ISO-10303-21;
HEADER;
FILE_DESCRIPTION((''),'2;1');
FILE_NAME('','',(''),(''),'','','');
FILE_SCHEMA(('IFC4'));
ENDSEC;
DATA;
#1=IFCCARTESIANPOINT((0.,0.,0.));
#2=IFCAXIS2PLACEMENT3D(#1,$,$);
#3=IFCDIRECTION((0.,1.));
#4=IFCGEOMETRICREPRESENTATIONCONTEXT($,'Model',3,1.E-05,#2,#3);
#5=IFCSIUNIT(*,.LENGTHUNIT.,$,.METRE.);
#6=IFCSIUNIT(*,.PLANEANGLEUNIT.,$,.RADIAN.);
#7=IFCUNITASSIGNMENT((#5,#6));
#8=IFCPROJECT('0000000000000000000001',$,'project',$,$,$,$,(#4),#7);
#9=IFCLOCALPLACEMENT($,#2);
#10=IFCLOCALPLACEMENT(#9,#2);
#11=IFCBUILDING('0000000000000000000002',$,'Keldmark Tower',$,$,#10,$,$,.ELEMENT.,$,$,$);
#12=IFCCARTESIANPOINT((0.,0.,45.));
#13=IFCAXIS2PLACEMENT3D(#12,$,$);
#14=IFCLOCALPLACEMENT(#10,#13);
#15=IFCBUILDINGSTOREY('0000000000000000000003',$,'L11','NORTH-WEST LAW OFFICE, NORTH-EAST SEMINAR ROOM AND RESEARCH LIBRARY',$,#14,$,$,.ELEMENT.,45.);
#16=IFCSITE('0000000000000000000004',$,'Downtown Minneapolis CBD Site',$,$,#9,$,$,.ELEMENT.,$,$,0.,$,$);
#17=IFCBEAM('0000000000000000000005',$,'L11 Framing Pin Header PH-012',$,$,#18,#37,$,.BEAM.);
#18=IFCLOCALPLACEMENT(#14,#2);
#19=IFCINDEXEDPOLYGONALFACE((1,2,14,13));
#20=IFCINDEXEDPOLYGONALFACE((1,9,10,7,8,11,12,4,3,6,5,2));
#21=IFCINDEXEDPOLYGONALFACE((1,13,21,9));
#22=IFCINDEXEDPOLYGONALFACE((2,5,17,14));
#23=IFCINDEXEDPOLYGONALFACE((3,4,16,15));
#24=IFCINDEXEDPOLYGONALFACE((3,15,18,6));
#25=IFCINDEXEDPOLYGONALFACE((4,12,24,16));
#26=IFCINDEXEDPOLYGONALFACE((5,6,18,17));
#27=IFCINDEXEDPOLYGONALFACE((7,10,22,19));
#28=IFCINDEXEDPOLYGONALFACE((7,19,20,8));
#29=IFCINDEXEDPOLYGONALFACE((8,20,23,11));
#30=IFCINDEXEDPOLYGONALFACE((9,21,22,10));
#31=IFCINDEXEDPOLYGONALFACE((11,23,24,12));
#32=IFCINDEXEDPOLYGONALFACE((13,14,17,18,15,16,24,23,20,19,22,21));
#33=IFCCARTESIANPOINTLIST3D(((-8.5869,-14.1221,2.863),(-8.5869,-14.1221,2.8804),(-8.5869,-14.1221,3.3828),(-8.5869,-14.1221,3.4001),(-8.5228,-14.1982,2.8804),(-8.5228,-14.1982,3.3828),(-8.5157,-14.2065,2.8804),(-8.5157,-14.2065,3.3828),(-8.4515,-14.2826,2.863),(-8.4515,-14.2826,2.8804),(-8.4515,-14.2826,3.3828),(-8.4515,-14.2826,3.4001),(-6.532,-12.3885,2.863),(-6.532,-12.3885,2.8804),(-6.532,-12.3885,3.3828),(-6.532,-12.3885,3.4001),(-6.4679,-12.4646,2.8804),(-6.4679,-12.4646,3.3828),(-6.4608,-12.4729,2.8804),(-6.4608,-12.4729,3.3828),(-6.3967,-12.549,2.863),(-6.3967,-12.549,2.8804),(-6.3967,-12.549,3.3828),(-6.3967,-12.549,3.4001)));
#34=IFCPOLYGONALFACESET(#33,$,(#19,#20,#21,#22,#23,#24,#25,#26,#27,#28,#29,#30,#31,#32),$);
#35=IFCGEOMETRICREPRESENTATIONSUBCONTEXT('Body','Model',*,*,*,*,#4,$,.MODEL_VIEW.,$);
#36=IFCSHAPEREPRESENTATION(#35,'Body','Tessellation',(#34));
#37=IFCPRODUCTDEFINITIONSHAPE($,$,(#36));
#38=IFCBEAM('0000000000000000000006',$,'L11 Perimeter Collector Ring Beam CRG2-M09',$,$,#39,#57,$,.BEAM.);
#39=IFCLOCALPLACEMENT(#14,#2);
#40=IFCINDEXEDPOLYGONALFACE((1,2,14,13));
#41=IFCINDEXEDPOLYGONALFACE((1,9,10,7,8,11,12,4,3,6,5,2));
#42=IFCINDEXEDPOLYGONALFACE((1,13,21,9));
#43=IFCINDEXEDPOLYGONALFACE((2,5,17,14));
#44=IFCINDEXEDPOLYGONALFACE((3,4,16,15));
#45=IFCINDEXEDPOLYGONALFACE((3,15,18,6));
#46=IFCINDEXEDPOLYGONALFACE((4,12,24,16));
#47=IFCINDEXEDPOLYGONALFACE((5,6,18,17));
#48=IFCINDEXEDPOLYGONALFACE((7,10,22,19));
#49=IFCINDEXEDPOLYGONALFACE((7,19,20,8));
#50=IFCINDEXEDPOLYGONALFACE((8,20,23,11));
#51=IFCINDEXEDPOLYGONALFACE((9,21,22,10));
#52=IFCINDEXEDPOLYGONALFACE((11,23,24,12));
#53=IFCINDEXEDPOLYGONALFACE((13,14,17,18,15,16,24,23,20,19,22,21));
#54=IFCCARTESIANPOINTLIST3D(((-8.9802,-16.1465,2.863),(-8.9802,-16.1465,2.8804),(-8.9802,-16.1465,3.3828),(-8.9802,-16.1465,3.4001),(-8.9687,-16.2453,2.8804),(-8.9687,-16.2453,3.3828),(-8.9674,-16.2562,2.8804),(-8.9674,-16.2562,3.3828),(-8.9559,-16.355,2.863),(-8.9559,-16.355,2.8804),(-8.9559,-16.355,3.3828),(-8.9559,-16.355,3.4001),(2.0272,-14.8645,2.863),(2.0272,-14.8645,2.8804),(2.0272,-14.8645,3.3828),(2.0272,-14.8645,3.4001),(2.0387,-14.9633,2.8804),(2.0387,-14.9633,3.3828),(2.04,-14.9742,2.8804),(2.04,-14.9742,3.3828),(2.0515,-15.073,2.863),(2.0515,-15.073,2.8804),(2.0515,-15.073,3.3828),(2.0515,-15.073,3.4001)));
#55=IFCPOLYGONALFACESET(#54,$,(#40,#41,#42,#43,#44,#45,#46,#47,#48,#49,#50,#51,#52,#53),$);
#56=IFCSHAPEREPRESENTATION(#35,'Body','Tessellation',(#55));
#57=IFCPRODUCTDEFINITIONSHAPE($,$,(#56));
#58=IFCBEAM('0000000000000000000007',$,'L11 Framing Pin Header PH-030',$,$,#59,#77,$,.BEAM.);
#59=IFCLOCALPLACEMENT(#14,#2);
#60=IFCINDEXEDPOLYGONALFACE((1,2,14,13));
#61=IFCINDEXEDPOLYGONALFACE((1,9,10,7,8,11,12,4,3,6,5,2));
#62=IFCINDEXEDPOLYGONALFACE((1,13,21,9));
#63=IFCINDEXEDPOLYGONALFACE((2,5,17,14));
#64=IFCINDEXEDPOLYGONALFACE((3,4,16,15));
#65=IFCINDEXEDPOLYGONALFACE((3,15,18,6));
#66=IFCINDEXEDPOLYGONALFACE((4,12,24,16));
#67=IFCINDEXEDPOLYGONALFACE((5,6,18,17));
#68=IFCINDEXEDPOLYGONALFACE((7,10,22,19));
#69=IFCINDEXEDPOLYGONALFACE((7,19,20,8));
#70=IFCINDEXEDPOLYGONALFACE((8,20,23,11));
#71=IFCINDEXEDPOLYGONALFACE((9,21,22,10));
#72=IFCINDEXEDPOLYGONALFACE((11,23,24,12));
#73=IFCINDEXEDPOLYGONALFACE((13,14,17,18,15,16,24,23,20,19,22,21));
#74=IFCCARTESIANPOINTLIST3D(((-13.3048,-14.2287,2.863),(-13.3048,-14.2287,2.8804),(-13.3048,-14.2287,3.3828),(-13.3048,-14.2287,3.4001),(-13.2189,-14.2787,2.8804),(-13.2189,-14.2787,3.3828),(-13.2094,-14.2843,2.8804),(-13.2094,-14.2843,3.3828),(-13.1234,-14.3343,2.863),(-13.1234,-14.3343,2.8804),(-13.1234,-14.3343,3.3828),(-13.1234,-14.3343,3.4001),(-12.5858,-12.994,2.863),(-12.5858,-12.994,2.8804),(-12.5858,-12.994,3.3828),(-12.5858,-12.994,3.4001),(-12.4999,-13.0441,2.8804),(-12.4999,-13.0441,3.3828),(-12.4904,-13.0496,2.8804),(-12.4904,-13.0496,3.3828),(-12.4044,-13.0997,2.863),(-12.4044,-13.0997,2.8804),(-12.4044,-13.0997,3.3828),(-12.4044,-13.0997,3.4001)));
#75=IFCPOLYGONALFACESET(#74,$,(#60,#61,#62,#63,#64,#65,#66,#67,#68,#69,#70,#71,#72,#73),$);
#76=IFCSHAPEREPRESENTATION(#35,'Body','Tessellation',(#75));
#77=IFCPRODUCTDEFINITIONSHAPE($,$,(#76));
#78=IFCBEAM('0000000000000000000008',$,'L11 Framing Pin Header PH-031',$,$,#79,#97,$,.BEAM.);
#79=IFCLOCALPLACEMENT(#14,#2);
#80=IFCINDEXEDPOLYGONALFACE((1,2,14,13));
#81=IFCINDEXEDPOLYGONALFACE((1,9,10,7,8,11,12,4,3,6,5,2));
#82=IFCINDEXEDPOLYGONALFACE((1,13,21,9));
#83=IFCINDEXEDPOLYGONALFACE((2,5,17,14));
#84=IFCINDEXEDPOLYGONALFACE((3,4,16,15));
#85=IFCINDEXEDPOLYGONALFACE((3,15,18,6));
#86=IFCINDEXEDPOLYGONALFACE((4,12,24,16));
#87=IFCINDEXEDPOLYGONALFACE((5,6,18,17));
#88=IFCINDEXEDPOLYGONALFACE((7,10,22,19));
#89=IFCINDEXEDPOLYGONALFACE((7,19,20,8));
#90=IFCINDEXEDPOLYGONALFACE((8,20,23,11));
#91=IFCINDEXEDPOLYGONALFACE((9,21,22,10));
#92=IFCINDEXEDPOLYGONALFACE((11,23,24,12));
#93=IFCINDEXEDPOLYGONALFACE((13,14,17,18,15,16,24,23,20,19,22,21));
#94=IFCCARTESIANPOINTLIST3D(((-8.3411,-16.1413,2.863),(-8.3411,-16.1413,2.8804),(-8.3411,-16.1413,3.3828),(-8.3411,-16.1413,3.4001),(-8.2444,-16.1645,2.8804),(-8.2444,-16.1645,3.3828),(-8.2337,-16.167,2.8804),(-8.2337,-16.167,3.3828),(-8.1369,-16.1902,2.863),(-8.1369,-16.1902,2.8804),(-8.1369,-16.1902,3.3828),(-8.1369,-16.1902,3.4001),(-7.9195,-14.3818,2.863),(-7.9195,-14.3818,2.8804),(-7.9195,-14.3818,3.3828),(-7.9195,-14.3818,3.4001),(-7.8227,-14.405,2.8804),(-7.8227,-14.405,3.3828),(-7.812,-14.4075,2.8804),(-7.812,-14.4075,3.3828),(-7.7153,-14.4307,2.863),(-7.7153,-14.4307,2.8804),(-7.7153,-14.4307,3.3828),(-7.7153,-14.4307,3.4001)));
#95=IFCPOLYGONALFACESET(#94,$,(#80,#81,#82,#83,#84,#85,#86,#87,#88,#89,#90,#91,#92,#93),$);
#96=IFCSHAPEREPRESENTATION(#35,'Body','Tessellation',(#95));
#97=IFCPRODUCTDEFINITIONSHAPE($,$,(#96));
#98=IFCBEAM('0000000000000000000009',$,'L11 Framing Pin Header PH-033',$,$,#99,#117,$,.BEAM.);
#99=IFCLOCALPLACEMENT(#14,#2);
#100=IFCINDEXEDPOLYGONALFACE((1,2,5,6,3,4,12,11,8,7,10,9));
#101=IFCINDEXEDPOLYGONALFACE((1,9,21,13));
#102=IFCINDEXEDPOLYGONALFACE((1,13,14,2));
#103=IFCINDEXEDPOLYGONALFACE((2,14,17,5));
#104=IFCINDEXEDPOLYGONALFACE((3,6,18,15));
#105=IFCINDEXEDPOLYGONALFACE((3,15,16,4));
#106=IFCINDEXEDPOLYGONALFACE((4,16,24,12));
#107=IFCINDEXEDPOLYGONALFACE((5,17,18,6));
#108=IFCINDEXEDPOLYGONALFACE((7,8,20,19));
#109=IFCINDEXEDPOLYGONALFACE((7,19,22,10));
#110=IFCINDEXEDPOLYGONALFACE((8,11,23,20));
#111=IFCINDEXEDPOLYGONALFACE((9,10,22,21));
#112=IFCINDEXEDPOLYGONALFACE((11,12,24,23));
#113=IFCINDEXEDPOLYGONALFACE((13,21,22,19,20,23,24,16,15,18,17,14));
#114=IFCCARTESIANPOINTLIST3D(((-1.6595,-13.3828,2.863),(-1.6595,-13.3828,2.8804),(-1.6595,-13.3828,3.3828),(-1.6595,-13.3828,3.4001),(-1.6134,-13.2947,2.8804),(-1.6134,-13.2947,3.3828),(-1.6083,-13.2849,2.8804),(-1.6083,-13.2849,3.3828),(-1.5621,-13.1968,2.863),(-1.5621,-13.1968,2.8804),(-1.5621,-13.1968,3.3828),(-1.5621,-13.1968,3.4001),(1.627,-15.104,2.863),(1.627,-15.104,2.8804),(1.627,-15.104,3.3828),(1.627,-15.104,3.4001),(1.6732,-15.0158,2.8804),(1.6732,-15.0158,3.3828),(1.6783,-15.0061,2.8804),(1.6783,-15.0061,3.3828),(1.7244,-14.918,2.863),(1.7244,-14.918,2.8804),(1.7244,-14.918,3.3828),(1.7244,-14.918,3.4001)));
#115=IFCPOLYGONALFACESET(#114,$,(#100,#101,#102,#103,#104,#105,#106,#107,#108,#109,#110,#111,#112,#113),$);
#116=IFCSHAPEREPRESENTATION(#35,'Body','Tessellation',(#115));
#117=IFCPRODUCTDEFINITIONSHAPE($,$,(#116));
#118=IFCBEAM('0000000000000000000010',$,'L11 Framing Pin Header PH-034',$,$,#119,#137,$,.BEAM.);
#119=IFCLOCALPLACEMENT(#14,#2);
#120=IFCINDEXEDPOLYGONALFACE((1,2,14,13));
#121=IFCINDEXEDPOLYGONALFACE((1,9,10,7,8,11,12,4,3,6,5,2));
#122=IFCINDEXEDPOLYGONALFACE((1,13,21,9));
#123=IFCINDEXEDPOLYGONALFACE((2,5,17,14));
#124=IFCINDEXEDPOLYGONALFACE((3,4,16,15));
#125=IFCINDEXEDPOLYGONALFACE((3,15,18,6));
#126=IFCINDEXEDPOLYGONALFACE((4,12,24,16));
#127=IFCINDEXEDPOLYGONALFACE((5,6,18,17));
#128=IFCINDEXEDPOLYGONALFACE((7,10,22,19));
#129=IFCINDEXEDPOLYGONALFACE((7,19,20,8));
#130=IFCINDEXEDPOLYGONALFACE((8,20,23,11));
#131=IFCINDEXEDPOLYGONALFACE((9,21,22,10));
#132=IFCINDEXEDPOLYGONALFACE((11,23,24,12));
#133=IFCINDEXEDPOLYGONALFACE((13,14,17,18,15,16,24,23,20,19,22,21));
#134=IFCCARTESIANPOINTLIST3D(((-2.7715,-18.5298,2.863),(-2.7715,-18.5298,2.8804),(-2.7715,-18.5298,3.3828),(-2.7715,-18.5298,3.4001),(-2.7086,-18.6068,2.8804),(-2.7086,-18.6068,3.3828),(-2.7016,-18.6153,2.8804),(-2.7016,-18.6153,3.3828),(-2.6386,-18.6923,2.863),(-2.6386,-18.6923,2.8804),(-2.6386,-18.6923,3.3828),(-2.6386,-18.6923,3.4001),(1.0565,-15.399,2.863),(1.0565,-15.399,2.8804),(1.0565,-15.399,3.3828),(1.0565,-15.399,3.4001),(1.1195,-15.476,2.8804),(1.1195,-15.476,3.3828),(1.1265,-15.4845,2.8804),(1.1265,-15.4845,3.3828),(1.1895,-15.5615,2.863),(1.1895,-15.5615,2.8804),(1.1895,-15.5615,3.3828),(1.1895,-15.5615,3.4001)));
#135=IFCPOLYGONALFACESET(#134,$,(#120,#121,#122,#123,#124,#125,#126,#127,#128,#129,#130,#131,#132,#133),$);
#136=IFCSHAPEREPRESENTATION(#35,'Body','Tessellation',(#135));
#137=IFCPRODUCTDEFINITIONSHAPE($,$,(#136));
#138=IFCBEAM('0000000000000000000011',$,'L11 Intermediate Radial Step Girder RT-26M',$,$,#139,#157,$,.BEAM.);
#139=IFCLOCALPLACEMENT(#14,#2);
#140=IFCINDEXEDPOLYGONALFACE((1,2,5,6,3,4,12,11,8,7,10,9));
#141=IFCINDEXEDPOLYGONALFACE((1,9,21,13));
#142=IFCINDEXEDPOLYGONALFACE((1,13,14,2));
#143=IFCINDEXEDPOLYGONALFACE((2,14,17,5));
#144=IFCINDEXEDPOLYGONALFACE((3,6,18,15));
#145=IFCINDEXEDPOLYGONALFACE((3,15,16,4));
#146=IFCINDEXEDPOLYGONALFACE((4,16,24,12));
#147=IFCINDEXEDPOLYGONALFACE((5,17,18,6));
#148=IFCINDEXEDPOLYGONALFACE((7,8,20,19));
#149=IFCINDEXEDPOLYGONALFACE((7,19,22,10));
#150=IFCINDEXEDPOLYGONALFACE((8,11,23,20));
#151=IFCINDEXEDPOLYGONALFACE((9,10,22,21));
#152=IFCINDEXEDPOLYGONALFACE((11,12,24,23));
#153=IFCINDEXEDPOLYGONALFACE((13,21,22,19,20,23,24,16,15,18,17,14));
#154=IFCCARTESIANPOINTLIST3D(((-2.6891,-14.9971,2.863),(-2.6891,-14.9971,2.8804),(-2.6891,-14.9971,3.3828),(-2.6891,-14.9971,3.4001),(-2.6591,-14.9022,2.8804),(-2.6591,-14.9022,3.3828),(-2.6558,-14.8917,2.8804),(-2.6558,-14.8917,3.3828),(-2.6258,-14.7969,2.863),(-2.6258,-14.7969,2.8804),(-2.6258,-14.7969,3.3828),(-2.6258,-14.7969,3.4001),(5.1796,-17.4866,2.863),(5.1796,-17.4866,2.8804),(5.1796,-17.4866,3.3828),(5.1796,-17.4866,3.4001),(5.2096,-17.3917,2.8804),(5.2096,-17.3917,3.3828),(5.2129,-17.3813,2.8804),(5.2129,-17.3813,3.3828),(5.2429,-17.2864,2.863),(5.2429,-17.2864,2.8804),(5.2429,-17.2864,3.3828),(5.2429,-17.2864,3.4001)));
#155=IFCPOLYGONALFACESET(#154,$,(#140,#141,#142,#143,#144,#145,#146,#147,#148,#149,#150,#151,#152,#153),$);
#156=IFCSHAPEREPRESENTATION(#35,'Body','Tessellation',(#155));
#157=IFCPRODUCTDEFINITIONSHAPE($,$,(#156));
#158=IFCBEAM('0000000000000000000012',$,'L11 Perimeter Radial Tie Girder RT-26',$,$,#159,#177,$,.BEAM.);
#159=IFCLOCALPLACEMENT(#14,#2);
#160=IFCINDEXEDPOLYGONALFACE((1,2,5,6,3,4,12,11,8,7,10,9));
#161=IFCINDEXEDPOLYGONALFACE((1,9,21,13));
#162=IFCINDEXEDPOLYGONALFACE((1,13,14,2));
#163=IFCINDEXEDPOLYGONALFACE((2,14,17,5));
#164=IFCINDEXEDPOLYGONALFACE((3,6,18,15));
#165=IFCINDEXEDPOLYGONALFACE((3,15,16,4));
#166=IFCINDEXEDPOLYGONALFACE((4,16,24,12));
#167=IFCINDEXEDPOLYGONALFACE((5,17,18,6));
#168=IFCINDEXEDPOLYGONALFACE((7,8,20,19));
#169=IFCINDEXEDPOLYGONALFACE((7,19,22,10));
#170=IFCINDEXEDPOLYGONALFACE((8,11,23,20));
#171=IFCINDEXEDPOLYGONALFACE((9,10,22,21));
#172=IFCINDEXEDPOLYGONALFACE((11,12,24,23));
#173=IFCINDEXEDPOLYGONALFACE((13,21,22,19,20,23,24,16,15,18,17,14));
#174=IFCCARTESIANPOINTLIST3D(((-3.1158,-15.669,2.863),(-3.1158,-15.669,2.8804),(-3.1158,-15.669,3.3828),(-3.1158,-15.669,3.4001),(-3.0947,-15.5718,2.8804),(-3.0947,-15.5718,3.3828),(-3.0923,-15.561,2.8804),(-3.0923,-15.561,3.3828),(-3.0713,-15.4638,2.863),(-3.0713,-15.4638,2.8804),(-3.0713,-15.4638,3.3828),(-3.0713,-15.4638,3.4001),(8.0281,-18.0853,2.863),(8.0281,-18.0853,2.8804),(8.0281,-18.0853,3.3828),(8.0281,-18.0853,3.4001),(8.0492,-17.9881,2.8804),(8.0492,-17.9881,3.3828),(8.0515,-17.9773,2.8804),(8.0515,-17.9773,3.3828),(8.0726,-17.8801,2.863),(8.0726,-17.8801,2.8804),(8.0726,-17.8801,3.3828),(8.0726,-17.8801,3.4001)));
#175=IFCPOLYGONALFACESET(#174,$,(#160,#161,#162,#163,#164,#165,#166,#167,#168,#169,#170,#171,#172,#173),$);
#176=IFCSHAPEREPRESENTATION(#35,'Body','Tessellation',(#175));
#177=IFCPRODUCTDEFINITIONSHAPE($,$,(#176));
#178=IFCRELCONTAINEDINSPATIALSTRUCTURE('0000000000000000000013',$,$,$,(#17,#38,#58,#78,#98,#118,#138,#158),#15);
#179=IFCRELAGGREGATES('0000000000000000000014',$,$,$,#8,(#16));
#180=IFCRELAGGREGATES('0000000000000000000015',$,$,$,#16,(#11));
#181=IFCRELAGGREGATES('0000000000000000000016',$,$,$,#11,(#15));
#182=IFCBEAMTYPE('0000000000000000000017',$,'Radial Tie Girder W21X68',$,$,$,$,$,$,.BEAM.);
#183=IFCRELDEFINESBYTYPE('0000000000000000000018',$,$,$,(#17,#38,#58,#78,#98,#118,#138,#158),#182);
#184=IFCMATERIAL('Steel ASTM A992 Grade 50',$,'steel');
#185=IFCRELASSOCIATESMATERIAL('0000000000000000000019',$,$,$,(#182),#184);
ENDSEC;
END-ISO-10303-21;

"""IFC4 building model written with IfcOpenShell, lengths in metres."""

from ifc_helpers import new_model, si_unit, direction, frame, origin, origin_2d, place, context, subcontext, project, spatial, i_section, extrude, material, material_profile, profile_set, type_object, element, save


model = new_model("IFC4")

# Units and contexts
model_context = context("Model", 3, precision=1e-05, world=origin(), true_north=direction((0.0, 1.0)))
body_context = subcontext(model_context, "Body", "Model", "MODEL_VIEW")
ifc_project = project(units=[si_unit("LENGTHUNIT", "METRE"), si_unit("PLANEANGLEUNIT", "RADIAN")], contexts=[model_context])

# Site, building, storey
site_placement = place(None, origin())
site = spatial("IfcSite", under=ifc_project, at=site_placement, Name="Downtown Minneapolis CBD Site", CompositionType="ELEMENT", RefElevation=0.0)
building_placement = place(site_placement, origin())
building = spatial("IfcBuilding", under=site, at=building_placement, Name="Keldmark Tower", CompositionType="ELEMENT")
storey_placement = place(building_placement, frame((0.0, 0.0, 45.0)))
storey = spatial("IfcBuildingStorey", under=building, at=storey_placement, Name="L11", Description="NORTH-WEST LAW OFFICE, NORTH-EAST SEMINAR ROOM AND RESEARCH LIBRARY", CompositionType="ELEMENT", Elevation=45.0)

# Beams
ifc_material_1 = material(Name="Steel ASTM A992 Grade 50", Category="steel")
ifc_material_profile_1 = material_profile(ifc_material_1, i_section(OverallWidth=0.21, OverallDepth=0.5371, WebThickness=0.011, FlangeThickness=0.0173, at=origin_2d()), Name="W21X68")
ifc_profile_set_1 = profile_set([ifc_material_profile_1], Name="Steel ASTM A992 Grade 50")
beam_type_1 = type_object("IfcBeamType", Name="Radial Tie Girder W21X68", PredefinedType="BEAM", material=ifc_profile_set_1)
beam_1_placement = place(storey_placement, frame((-6.4644, -12.4688, 3.1316), z_axis=(-0.764329, -0.644826, 0.0), x_axis=(0.644826, -0.764329, 0.0)))
element("IfcBeam", 1, at=beam_1_placement, inside=storey, type_object=beam_type_1, Name="L11 Framing Pin Header PH-012", PredefinedType="BEAM", context=body_context, shape_type="SweptSolid", body=[
    extrude(i_section(OverallWidth=0.21, OverallDepth=0.5371, WebThickness=0.011, FlangeThickness=0.0173, at=origin_2d()), origin(), (0.0, 0.0, 1.0), 2.6885),
])
beam_2_placement = place(storey_placement, frame((-8.968, -16.2507, 3.1316), z_axis=(0.993286, 0.115684, 0.0), x_axis=(-0.115684, 0.993286, 0.0)))
element("IfcBeam", 2, at=beam_2_placement, inside=storey, type_object=beam_type_1, Name="L11 Perimeter Collector Ring Beam CRG2-M09", PredefinedType="BEAM", context=body_context, shape_type="SweptSolid", body=[
    extrude(i_section(OverallWidth=0.21, OverallDepth=0.5371, WebThickness=0.011, FlangeThickness=0.0173, at=origin_2d()), origin(), (0.0, 0.0, 1.0), 11.0818),
])
beam_3_placement = place(storey_placement, frame((-12.4951, -13.0469, 3.1316), z_axis=(-0.503244, -0.864144, 0.0), x_axis=(0.864144, -0.503244, 0.0)))
element("IfcBeam", 3, at=beam_3_placement, inside=storey, type_object=beam_type_1, Name="L11 Framing Pin Header PH-030", PredefinedType="BEAM", context=body_context, shape_type="SweptSolid", body=[
    extrude(i_section(OverallWidth=0.21, OverallDepth=0.5371, WebThickness=0.011, FlangeThickness=0.0173, at=origin_2d()), origin(), (0.0, 0.0, 1.0), 1.4287),
])
beam_4_placement = place(storey_placement, frame((-7.8174, -14.4062, 3.1316), z_axis=(-0.233031, -0.972469, 0.0), x_axis=(0.972469, -0.233031, 0.0)))
element("IfcBeam", 4, at=beam_4_placement, inside=storey, type_object=beam_type_1, Name="L11 Framing Pin Header PH-031", PredefinedType="BEAM", context=body_context, shape_type="SweptSolid", body=[
    extrude(i_section(OverallWidth=0.21, OverallDepth=0.5371, WebThickness=0.011, FlangeThickness=0.0173, at=origin_2d()), origin(), (0.0, 0.0, 1.0), 1.8093),
])
beam_5_placement = place(storey_placement, frame((-1.6108, -13.2898, 3.1316), z_axis=(0.885873, -0.463928, 0.0), x_axis=(0.463928, 0.885873, 0.0)))
element("IfcBeam", 5, at=beam_5_placement, inside=storey, type_object=beam_type_1, Name="L11 Framing Pin Header PH-033", PredefinedType="BEAM", context=body_context, shape_type="SweptSolid", body=[
    extrude(i_section(OverallWidth=0.21, OverallDepth=0.5371, WebThickness=0.011, FlangeThickness=0.0173, at=origin_2d()), origin(), (0.0, 0.0, 1.0), 3.71),
])
beam_6_placement = place(storey_placement, frame((-2.7051, -18.6111, 3.1316), z_axis=(0.77408, 0.633087, 0.0), x_axis=(-0.633087, 0.77408, 0.0)))
element("IfcBeam", 6, at=beam_6_placement, inside=storey, type_object=beam_type_1, Name="L11 Framing Pin Header PH-034", PredefinedType="BEAM", context=body_context, shape_type="SweptSolid", body=[
    extrude(i_section(OverallWidth=0.21, OverallDepth=0.5371, WebThickness=0.011, FlangeThickness=0.0173, at=origin_2d()), origin(), (0.0, 0.0, 1.0), 4.9453),
])
beam_7_placement = place(storey_placement, frame((-2.6575, -14.897, 3.1316), z_axis=(0.95342, -0.301645, 0.0), x_axis=(0.301645, 0.95342, 0.0)))
element("IfcBeam", 7, at=beam_7_placement, inside=storey, type_object=beam_type_1, Name="L11 Intermediate Radial Step Girder RT-26M", PredefinedType="BEAM", context=body_context, shape_type="SweptSolid", body=[
    extrude(i_section(OverallWidth=0.21, OverallDepth=0.5371, WebThickness=0.011, FlangeThickness=0.0173, at=origin_2d()), origin(), (0.0, 0.0, 1.0), 8.2532),
])
beam_8_placement = place(storey_placement, frame((-3.0935, -15.5664, 3.1316), z_axis=(0.977291, -0.211902, 0.0), x_axis=(0.211902, 0.977291, 0.0)))
element("IfcBeam", 8, at=beam_8_placement, inside=storey, type_object=beam_type_1, Name="L11 Perimeter Radial Tie Girder RT-26", PredefinedType="BEAM", context=body_context, shape_type="SweptSolid", body=[
    extrude(i_section(OverallWidth=0.21, OverallDepth=0.5371, WebThickness=0.011, FlangeThickness=0.0173, at=origin_2d()), origin(), (0.0, 0.0, 1.0), 11.4028),
])

save(model, "model.ifc")
